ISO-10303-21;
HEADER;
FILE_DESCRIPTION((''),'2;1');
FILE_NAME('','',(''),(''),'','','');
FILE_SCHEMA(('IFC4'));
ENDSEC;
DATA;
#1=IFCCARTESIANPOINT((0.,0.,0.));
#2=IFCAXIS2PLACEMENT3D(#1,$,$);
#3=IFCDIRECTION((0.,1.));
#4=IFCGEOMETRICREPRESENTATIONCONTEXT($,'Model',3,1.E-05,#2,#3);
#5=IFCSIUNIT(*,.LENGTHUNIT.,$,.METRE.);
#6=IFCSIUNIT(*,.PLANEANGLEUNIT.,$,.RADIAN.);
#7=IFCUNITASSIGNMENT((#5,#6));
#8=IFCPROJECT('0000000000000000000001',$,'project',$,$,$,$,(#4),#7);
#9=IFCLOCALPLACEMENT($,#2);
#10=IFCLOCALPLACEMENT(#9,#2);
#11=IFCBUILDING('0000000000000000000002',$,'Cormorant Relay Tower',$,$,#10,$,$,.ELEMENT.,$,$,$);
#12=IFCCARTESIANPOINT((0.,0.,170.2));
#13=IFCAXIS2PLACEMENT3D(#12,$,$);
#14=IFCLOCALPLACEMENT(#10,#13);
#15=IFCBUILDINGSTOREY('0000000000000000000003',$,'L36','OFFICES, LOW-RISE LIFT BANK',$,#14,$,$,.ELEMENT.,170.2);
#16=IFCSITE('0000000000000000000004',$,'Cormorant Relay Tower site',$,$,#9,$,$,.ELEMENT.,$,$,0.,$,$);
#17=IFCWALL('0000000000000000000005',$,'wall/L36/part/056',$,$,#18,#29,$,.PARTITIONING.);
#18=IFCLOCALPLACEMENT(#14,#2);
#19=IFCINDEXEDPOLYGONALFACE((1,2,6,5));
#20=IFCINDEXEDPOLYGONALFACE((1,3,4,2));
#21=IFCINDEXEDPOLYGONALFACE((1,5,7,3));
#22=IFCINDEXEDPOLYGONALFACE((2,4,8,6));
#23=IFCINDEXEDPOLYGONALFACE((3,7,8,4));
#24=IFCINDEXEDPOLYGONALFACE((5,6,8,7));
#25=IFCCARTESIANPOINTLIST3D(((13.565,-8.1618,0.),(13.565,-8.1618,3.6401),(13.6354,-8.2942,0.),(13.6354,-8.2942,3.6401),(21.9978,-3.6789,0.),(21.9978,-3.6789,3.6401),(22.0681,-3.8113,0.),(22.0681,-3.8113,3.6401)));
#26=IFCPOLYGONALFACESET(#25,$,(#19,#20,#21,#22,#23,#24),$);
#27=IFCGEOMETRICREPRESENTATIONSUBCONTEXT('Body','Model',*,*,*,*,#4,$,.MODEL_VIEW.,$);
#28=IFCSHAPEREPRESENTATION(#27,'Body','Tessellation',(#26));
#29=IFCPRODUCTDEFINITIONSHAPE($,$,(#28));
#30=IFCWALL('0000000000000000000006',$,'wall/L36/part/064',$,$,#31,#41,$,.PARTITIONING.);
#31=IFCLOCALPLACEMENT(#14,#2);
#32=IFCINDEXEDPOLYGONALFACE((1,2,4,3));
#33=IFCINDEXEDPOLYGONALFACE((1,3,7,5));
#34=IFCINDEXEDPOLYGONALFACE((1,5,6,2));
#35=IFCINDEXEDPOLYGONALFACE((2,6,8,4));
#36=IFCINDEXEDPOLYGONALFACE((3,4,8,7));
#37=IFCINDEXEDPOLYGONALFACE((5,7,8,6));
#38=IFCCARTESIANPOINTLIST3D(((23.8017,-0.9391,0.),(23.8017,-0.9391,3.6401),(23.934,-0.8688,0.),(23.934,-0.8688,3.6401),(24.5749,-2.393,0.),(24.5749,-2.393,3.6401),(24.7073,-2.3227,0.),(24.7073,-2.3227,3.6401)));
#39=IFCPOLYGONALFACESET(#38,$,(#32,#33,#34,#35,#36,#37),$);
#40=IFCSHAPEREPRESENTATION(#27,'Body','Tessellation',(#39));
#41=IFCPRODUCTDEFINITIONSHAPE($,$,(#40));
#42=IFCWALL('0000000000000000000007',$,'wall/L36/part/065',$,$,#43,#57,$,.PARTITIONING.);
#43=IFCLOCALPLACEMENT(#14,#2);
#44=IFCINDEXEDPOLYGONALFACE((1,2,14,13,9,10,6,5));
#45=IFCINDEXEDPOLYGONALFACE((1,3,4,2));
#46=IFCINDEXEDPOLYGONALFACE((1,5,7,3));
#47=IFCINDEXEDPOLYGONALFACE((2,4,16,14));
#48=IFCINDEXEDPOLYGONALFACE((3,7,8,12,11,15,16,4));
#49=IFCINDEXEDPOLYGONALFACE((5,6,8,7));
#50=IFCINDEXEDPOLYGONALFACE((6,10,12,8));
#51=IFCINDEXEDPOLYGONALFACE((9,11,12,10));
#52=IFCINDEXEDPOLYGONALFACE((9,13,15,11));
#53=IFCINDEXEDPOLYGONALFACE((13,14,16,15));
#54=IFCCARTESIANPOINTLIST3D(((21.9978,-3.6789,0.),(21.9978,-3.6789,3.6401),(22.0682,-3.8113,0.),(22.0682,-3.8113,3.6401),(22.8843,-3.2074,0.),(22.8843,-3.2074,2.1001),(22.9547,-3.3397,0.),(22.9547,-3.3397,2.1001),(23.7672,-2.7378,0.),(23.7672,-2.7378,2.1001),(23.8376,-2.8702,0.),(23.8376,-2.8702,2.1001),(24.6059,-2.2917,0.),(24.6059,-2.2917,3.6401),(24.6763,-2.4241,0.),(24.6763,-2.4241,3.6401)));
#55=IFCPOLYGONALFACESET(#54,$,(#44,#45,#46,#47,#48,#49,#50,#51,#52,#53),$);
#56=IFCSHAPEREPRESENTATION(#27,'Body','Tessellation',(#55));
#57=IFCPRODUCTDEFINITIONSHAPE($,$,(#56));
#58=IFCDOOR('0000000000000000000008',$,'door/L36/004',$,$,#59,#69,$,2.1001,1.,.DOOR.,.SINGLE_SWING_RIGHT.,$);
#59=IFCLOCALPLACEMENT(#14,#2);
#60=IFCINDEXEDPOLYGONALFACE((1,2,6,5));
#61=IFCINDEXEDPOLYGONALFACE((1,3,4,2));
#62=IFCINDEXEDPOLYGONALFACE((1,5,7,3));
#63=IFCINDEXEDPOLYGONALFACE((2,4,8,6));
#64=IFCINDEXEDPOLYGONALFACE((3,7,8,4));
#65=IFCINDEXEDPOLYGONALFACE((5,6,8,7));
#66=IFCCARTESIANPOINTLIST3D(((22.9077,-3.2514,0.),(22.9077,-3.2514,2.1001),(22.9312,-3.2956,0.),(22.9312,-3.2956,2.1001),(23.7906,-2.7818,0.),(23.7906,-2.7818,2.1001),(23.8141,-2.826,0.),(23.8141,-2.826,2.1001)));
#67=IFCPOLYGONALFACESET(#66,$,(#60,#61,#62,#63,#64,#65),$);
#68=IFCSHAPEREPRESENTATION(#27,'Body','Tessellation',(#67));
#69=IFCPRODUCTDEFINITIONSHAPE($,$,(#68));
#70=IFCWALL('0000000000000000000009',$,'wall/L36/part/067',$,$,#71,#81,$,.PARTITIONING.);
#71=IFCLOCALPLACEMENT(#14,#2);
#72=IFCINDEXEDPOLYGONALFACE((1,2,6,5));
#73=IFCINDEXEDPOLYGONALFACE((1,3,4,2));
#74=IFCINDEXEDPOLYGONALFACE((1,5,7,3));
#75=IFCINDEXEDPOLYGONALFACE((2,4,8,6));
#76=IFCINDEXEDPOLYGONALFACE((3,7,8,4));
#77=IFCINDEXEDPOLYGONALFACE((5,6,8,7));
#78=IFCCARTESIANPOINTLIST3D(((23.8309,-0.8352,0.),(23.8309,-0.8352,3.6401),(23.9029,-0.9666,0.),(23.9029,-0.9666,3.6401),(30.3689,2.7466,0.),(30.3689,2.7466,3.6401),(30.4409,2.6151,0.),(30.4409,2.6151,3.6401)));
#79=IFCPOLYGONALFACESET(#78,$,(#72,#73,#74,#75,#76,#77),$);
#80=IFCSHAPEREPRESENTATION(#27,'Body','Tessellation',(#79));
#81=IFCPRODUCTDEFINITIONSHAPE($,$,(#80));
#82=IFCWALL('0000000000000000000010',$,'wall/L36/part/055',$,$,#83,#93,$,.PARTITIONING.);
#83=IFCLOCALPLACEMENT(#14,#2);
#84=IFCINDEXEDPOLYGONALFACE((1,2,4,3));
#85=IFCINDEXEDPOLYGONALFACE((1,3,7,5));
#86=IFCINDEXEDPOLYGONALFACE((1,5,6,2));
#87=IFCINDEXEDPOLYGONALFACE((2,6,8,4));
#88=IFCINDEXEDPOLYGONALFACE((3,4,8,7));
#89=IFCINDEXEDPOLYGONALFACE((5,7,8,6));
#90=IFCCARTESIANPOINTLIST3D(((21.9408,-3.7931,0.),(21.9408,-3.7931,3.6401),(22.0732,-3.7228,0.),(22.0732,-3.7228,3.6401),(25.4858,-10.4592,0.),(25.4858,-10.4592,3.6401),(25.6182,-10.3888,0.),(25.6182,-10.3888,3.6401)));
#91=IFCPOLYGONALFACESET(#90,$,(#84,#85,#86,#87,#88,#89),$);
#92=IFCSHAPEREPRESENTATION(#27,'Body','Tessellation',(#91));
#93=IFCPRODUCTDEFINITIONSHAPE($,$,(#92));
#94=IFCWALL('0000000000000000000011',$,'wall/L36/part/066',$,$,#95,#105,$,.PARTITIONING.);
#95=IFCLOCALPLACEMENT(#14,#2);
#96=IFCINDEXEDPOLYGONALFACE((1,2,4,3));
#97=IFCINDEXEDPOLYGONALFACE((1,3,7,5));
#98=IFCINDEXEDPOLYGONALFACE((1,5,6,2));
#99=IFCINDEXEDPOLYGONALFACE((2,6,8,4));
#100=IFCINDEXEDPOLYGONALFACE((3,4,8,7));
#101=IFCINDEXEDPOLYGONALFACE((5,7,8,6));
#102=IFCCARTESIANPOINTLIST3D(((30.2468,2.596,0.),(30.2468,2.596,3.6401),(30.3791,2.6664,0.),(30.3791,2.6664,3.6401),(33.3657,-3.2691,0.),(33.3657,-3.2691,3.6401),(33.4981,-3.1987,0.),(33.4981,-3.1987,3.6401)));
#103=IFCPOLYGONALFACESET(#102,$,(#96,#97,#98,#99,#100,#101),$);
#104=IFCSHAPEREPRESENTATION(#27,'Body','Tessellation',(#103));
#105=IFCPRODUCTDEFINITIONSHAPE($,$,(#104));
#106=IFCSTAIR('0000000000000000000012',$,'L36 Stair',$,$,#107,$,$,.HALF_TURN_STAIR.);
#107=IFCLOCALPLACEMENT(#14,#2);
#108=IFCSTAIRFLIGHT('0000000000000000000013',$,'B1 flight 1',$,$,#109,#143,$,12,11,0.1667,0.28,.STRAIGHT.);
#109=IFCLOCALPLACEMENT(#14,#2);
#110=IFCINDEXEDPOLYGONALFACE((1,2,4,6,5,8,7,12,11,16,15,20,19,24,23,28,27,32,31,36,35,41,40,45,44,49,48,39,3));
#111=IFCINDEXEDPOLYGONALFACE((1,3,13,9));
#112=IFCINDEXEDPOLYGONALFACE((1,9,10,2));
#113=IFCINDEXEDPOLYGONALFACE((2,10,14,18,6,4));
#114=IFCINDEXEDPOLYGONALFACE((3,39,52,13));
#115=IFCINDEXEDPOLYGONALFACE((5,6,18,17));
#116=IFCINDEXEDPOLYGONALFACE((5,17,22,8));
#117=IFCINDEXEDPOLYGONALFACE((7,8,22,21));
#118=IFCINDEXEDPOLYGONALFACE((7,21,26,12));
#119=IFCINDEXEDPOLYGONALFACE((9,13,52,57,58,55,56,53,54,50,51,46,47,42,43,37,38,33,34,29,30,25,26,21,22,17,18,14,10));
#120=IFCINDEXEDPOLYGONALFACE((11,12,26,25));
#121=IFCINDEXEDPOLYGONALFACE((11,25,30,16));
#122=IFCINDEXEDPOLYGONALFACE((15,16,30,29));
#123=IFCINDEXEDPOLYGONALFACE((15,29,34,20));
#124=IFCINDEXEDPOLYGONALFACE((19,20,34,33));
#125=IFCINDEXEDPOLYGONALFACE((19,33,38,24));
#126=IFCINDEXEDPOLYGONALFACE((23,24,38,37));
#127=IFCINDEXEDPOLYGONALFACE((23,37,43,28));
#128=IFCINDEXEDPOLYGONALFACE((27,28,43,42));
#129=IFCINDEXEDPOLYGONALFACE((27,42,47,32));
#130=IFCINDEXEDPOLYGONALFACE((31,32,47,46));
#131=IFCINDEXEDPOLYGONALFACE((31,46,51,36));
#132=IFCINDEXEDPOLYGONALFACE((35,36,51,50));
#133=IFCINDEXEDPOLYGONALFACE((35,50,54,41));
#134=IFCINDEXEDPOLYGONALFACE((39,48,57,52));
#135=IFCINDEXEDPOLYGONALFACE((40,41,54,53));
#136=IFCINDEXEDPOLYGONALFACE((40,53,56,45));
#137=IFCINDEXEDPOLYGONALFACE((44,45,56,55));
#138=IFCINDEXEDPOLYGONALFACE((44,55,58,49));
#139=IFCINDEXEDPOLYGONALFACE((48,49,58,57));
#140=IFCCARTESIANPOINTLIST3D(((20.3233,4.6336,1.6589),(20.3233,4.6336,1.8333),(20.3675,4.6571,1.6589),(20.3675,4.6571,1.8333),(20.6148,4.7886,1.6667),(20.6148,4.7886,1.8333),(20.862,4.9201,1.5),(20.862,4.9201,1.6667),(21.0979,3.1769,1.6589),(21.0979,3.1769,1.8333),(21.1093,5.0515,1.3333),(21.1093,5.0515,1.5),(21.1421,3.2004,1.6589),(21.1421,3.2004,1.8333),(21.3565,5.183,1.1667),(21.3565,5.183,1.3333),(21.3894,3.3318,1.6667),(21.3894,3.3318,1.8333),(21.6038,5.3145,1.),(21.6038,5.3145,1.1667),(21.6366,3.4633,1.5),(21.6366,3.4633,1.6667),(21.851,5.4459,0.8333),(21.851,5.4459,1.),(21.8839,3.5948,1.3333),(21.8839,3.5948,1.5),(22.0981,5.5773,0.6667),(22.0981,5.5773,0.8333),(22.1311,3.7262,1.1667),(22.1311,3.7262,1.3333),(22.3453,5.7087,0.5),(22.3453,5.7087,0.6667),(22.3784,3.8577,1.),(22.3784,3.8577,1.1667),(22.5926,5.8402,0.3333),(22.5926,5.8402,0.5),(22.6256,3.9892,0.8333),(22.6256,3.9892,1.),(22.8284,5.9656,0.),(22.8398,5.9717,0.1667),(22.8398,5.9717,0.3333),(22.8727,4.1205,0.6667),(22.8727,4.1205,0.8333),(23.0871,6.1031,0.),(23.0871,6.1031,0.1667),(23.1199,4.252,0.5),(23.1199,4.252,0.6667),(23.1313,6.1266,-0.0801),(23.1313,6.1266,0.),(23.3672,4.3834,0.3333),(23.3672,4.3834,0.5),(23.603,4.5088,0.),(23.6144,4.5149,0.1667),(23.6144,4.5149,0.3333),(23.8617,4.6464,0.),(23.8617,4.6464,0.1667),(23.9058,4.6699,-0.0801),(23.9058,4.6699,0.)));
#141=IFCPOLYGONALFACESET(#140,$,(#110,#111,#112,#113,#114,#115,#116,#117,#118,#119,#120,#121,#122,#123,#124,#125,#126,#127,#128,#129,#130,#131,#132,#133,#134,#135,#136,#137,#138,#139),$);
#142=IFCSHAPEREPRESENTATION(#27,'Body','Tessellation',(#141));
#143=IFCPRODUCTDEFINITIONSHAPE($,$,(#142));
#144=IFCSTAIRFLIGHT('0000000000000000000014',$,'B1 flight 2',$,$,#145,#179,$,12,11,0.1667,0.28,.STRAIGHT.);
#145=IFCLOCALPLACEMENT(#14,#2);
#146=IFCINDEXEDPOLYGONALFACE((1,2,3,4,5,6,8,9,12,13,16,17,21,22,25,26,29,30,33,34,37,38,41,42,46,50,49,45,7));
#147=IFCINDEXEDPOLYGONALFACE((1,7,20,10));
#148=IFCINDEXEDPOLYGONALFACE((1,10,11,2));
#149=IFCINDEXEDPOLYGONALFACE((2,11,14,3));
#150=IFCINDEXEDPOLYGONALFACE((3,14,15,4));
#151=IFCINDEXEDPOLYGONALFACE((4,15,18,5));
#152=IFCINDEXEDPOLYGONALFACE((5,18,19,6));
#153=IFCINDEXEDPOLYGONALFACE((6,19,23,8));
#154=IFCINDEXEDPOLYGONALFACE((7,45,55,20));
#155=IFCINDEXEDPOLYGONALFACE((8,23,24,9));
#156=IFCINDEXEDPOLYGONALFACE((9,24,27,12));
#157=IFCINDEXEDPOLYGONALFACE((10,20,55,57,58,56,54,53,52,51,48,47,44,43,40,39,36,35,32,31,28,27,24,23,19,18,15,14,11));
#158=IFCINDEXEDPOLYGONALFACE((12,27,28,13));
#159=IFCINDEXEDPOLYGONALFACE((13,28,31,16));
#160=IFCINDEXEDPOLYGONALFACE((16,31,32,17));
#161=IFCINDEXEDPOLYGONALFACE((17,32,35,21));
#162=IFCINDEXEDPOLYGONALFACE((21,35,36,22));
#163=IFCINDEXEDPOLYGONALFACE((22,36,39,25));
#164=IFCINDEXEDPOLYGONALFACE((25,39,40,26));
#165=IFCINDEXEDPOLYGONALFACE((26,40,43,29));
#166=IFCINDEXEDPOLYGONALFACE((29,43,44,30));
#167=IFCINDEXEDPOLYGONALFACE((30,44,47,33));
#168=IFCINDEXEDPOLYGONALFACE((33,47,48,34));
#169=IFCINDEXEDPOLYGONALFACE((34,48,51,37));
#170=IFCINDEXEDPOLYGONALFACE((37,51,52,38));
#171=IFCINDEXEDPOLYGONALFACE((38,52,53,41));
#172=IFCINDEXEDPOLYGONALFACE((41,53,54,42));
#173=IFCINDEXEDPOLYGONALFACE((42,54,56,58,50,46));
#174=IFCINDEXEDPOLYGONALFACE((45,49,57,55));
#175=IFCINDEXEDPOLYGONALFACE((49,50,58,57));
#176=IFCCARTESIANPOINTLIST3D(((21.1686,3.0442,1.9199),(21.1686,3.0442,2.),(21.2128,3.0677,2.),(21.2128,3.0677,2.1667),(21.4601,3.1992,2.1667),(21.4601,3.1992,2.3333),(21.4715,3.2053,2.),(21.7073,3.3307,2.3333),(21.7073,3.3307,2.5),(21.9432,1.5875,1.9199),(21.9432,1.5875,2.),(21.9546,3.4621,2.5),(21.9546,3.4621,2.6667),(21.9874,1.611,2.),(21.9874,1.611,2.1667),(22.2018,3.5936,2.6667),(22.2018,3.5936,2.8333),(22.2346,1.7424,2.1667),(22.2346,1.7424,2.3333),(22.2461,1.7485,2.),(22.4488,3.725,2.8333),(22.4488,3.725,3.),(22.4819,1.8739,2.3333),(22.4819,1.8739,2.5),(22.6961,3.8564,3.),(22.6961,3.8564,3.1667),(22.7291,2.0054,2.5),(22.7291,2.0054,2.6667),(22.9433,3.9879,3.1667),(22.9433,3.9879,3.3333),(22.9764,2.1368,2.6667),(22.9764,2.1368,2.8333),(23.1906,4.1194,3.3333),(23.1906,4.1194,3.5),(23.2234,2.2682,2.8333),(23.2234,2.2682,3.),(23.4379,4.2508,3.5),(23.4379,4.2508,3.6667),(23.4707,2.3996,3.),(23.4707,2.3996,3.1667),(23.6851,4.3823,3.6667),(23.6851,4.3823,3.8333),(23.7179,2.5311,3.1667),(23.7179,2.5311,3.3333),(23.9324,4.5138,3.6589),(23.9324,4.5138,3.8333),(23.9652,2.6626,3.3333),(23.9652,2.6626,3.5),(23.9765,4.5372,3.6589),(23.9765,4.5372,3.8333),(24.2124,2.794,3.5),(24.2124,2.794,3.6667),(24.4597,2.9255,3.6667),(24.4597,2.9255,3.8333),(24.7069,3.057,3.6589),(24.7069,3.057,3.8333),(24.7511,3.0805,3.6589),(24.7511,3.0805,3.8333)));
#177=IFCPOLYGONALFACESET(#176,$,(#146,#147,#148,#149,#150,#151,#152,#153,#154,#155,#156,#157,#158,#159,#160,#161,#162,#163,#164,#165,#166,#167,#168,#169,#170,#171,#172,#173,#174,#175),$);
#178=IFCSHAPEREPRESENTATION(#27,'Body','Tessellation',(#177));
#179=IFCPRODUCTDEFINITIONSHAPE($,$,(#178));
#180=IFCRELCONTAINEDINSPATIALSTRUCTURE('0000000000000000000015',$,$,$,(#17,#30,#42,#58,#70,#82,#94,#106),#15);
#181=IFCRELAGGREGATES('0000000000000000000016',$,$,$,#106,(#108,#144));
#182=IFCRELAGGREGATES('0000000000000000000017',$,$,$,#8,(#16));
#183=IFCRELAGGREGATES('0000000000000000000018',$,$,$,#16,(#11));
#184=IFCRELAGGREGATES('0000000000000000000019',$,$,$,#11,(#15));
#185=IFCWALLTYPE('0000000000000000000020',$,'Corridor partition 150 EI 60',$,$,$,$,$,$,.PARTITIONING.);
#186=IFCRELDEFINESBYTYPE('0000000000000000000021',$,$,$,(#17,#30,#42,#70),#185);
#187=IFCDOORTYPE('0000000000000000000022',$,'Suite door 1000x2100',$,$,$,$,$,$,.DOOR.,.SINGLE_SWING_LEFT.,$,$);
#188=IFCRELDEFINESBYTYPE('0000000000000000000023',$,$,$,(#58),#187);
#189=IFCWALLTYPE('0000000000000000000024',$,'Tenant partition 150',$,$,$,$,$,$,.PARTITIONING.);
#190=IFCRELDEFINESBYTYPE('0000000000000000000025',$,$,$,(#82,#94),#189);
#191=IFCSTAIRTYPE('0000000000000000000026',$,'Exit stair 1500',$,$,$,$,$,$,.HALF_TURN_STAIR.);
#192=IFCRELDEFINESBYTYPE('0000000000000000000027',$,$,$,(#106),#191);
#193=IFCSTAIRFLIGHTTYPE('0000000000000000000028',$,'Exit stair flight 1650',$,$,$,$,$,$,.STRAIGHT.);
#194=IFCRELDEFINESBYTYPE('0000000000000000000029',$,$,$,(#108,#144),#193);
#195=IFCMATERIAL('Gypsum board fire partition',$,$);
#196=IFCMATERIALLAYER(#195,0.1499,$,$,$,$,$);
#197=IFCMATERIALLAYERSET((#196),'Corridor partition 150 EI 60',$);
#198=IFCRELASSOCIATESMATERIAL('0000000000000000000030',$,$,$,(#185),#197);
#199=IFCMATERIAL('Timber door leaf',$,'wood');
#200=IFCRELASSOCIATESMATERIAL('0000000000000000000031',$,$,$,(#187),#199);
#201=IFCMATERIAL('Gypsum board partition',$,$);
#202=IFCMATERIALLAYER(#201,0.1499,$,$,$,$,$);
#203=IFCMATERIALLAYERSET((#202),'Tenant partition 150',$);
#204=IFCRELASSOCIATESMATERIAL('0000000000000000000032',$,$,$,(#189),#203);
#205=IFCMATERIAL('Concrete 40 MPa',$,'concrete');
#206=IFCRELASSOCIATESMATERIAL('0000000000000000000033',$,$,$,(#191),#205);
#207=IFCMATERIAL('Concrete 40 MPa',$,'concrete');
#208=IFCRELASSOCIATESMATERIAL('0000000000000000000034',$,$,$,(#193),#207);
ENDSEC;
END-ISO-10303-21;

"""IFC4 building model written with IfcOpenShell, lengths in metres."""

from ifc_helpers import new_model, si_unit, direction, frame, frame_2d, origin, place, context, subcontext, project, spatial, polyline, rectangle, outline, extrude, material, layer, layer_set, type_object, element, fill, aggregate, save


model = new_model("IFC4")

# Units and contexts
model_context = context("Model", 3, precision=1e-05, world=origin(), true_north=direction((0.0, 1.0)))
body_context = subcontext(model_context, "Body", "Model", "MODEL_VIEW")
ifc_project = project(units=[si_unit("LENGTHUNIT", "METRE"), si_unit("PLANEANGLEUNIT", "RADIAN")], contexts=[model_context])

# Site, building, storey
site_placement = place(None, origin())
site = spatial("IfcSite", under=ifc_project, at=site_placement, Name="Cormorant Relay Tower site", CompositionType="ELEMENT", RefElevation=0.0)
building_placement = place(site_placement, origin())
building = spatial("IfcBuilding", under=site, at=building_placement, Name="Cormorant Relay Tower", CompositionType="ELEMENT")
storey_placement = place(building_placement, frame((0.0, 0.0, 170.2)))
storey = spatial("IfcBuildingStorey", under=building, at=storey_placement, Name="L36", Description="OFFICES, LOW-RISE LIFT BANK", CompositionType="ELEMENT", Elevation=170.2)

# Walls
ifc_material_1 = material(Name="Gypsum board fire partition")
ifc_layer_1 = layer(ifc_material_1, 0.1499)
ifc_layer_set_1 = layer_set([ifc_layer_1], Name="Corridor partition 150 EI 60")
wall_type_1 = type_object("IfcWallType", Name="Corridor partition 150 EI 60", PredefinedType="PARTITIONING", material=ifc_layer_set_1)
wall_1_placement = place(storey_placement, frame((22.033, -3.7451, 0.0), z_axis=(0.0, 0.0, 1.0), x_axis=(-0.882988, -0.469396, 0.0)))
element("IfcWall", 1, at=wall_1_placement, inside=storey, type_object=wall_type_1, Name="wall/L36/part/056", PredefinedType="PARTITIONING", context=body_context, shape_type="SweptSolid", body=[
    extrude(rectangle(XDim=9.5503, YDim=0.1499, at=frame_2d((4.7751, 0.0))), origin(), (0.0, 0.0, 1.0), 3.6401),
])
wall_2_placement = place(storey_placement, frame((23.8679, -0.9041, 0.0), z_axis=(0.0, 0.0, 1.0), x_axis=(0.469549, -0.882906, 0.0)))
element("IfcWall", 2, at=wall_2_placement, inside=storey, type_object=wall_type_1, Name="wall/L36/part/064", PredefinedType="PARTITIONING", context=body_context, shape_type="SweptSolid", body=[
    extrude(rectangle(XDim=1.6467, YDim=0.1499, at=frame_2d((0.8232, 0.0))), origin(), (0.0, 0.0, 1.0), 3.6401),
])

# Wall, opening, door
wall_3_placement = place(storey_placement, frame((24.6411, -2.3579, 0.0), z_axis=(0.0, 0.0, 1.0), x_axis=(-0.882888, -0.469584, 0.0)))
wall_3 = element("IfcWall", 3, at=wall_3_placement, inside=storey, type_object=wall_type_1, Name="wall/L36/part/065", PredefinedType="PARTITIONING", context=body_context, shape_type="SweptSolid", body=[
    extrude(rectangle(XDim=2.9541, YDim=0.1499, at=frame_2d((1.4771, 0.0))), origin(), (0.0, 0.0, 1.0), 3.6401),
])
opening_1_placement = place(wall_3_placement, frame((0.95, 0.0, 0.0)))
opening_1 = element("IfcOpeningElement", 4, at=opening_1_placement, cuts=wall_3, PredefinedType="OPENING", context=body_context, shape_type="SweptSolid", body=[
    extrude(rectangle(XDim=1.0, YDim=2.1001, at=frame_2d((0.5, 1.05))), frame((0.0, 0.085, 0.0), z_axis=(0.0, -1.0, 0.0), x_axis=(1.0, 0.0, 0.0)), (0.0, 0.0, 1.0), 0.1699),
])
ifc_material_2 = material(Name="Timber door leaf", Category="wood")
door_type_1 = type_object("IfcDoorType", Name="Suite door 1000x2100", OperationType="SINGLE_SWING_LEFT", PredefinedType="DOOR", material=ifc_material_2)
door_1_placement = place(opening_1_placement, origin())
door_1 = element("IfcDoor", 5, at=door_1_placement, inside=storey, type_object=door_type_1, Name="door/L36/004", OperationType="SINGLE_SWING_RIGHT", OverallHeight=2.1001, OverallWidth=1.0, PredefinedType="DOOR", context=body_context, shape_type="SweptSolid", body=[
    extrude(rectangle(XDim=1.0, YDim=2.1001, at=frame_2d((0.5, 1.05))), frame((0.0, 0.0249, 0.0), z_axis=(0.0, -1.0, 0.0), x_axis=(1.0, 0.0, 0.0)), (0.0, 0.0, 1.0), 0.05),
])
fill(opening_1, door_1)

# Walls
wall_4_placement = place(storey_placement, frame((30.405, 2.6809, 0.0), z_axis=(0.0, 0.0, 1.0), x_axis=(-0.877017, -0.48046, 0.0)))
element("IfcWall", 6, at=wall_4_placement, inside=storey, type_object=wall_type_1, Name="wall/L36/part/067", PredefinedType="PARTITIONING", context=body_context, shape_type="SweptSolid", body=[
    extrude(rectangle(XDim=7.4548, YDim=0.1499, at=frame_2d((3.7275, 0.0))), origin(), (0.0, 0.0, 1.0), 3.6401),
])
ifc_material_3 = material(Name="Gypsum board partition")
ifc_layer_2 = layer(ifc_material_3, 0.1499)
ifc_layer_set_2 = layer_set([ifc_layer_2], Name="Tenant partition 150")
wall_type_2 = type_object("IfcWallType", Name="Tenant partition 150", PredefinedType="PARTITIONING", material=ifc_layer_set_2)
wall_5_placement = place(storey_placement, frame((22.0071, -3.7581, 0.0), z_axis=(0.0, 0.0, 1.0), x_axis=(0.469527, -0.882918, 0.0)))
element("IfcWall", 7, at=wall_5_placement, inside=storey, type_object=wall_type_2, Name="wall/L36/part/055", PredefinedType="PARTITIONING", context=body_context, shape_type="SweptSolid", body=[
    extrude(rectangle(XDim=7.55, YDim=0.1499, at=frame_2d((3.7749, 0.0))), origin(), (0.0, 0.0, 1.0), 3.6401),
])
wall_6_placement = place(storey_placement, frame((30.313, 2.6311, 0.0), z_axis=(0.0, 0.0, 1.0), x_axis=(0.469522, -0.882921, 0.0)))
element("IfcWall", 8, at=wall_6_placement, inside=storey, type_object=wall_type_2, Name="wall/L36/part/066", PredefinedType="PARTITIONING", context=body_context, shape_type="SweptSolid", body=[
    extrude(rectangle(XDim=6.6428, YDim=0.1499, at=frame_2d((3.3213, 0.0))), origin(), (0.0, 0.0, 1.0), 3.6401),
])

# Stair, stair flights
ifc_material_4 = material(Name="Concrete 40 MPa", Category="concrete")
stair_type = type_object("IfcStairType", Name="Exit stair 1500", PredefinedType="HALF_TURN_STAIR", material=ifc_material_4)
stair_placement = place(storey_placement, origin())
stair = element("IfcStair", 9, at=stair_placement, inside=storey, type_object=stair_type, Name="L36 Stair", PredefinedType="HALF_TURN_STAIR")
ifc_material_5 = material(Name="Concrete 40 MPa", Category="concrete")
stair_flight_type = type_object("IfcStairFlightType", Name="Exit stair flight 1650", PredefinedType="STRAIGHT", material=ifc_material_5)
stair_flight_1_placement = place(storey_placement, frame((23.4744, 5.3748, 0.0), z_axis=(0.0, 0.0, 1.0), x_axis=(-0.882948, -0.469472, 0.0)))
stair_flight_1 = element("IfcStairFlight", 10, at=stair_flight_1_placement, type_object=stair_flight_type, Name="B1 flight 1", NumberOfRisers=12, NumberOfTreads=11, PredefinedType="STRAIGHT", RiserHeight=0.1667, TreadLength=0.28, context=body_context, shape_type="SweptSolid", body=[
    extrude(outline(polyline([(-0.05, -0.0801), (-0.05, 0.0), (0.0, 0.0), (0.0, 0.1667), (0.28, 0.1667), (0.28, 0.3333), (0.5601, 0.3333), (0.5601, 0.5), (0.8401, 0.5), (0.8401, 0.6667), (1.1201, 0.6667), (1.1201, 0.8333), (1.3999, 0.8333), (1.3999, 1.0), (1.6799, 1.0), (1.6799, 1.1667), (1.96, 1.1667), (1.96, 1.3333), (2.24, 1.3333), (2.24, 1.5), (2.52, 1.5), (2.52, 1.6667), (2.8, 1.6667), (2.8, 1.8333), (3.0801, 1.8333), (3.1301, 1.8333), (3.1301, 1.6589), (3.0801, 1.6589), (0.293, 0.0), (-0.05, -0.0801)])), frame((0.0, 0.825, 0.0), z_axis=(0.0, -1.0, 0.0), x_axis=(1.0, 0.0, 0.0)), (0.0, 0.0, 1.0), 1.6499),
])
stair_flight_2_placement = place(storey_placement, frame((21.6001, 2.3394, 2.0), z_axis=(0.0, 0.0, 1.0), x_axis=(0.882948, 0.469472, 0.0)))
stair_flight_2 = element("IfcStairFlight", 11, at=stair_flight_2_placement, type_object=stair_flight_type, Name="B1 flight 2", NumberOfRisers=12, NumberOfTreads=11, PredefinedType="STRAIGHT", RiserHeight=0.1667, TreadLength=0.28, context=body_context, shape_type="SweptSolid", body=[
    extrude(outline(polyline([(-0.05, -0.0801), (-0.05, 0.0), (0.0, 0.0), (0.0, 0.1667), (0.28, 0.1667), (0.28, 0.3333), (0.5601, 0.3333), (0.5601, 0.5), (0.8401, 0.5), (0.8401, 0.6667), (1.1201, 0.6667), (1.1201, 0.8333), (1.3999, 0.8333), (1.3999, 1.0), (1.6799, 1.0), (1.6799, 1.1667), (1.96, 1.1667), (1.96, 1.3333), (2.24, 1.3333), (2.24, 1.5), (2.52, 1.5), (2.52, 1.6667), (2.8, 1.6667), (2.8, 1.8333), (3.0801, 1.8333), (3.1301, 1.8333), (3.1301, 1.6589), (3.0801, 1.6589), (0.293, 0.0), (-0.05, -0.0801)])), frame((0.0, 0.825, 0.0), z_axis=(0.0, -1.0, 0.0), x_axis=(1.0, 0.0, 0.0)), (0.0, 0.0, 1.0), 1.6499),
])
aggregate(stair, [stair_flight_1, stair_flight_2])

save(model, "model.ifc")
